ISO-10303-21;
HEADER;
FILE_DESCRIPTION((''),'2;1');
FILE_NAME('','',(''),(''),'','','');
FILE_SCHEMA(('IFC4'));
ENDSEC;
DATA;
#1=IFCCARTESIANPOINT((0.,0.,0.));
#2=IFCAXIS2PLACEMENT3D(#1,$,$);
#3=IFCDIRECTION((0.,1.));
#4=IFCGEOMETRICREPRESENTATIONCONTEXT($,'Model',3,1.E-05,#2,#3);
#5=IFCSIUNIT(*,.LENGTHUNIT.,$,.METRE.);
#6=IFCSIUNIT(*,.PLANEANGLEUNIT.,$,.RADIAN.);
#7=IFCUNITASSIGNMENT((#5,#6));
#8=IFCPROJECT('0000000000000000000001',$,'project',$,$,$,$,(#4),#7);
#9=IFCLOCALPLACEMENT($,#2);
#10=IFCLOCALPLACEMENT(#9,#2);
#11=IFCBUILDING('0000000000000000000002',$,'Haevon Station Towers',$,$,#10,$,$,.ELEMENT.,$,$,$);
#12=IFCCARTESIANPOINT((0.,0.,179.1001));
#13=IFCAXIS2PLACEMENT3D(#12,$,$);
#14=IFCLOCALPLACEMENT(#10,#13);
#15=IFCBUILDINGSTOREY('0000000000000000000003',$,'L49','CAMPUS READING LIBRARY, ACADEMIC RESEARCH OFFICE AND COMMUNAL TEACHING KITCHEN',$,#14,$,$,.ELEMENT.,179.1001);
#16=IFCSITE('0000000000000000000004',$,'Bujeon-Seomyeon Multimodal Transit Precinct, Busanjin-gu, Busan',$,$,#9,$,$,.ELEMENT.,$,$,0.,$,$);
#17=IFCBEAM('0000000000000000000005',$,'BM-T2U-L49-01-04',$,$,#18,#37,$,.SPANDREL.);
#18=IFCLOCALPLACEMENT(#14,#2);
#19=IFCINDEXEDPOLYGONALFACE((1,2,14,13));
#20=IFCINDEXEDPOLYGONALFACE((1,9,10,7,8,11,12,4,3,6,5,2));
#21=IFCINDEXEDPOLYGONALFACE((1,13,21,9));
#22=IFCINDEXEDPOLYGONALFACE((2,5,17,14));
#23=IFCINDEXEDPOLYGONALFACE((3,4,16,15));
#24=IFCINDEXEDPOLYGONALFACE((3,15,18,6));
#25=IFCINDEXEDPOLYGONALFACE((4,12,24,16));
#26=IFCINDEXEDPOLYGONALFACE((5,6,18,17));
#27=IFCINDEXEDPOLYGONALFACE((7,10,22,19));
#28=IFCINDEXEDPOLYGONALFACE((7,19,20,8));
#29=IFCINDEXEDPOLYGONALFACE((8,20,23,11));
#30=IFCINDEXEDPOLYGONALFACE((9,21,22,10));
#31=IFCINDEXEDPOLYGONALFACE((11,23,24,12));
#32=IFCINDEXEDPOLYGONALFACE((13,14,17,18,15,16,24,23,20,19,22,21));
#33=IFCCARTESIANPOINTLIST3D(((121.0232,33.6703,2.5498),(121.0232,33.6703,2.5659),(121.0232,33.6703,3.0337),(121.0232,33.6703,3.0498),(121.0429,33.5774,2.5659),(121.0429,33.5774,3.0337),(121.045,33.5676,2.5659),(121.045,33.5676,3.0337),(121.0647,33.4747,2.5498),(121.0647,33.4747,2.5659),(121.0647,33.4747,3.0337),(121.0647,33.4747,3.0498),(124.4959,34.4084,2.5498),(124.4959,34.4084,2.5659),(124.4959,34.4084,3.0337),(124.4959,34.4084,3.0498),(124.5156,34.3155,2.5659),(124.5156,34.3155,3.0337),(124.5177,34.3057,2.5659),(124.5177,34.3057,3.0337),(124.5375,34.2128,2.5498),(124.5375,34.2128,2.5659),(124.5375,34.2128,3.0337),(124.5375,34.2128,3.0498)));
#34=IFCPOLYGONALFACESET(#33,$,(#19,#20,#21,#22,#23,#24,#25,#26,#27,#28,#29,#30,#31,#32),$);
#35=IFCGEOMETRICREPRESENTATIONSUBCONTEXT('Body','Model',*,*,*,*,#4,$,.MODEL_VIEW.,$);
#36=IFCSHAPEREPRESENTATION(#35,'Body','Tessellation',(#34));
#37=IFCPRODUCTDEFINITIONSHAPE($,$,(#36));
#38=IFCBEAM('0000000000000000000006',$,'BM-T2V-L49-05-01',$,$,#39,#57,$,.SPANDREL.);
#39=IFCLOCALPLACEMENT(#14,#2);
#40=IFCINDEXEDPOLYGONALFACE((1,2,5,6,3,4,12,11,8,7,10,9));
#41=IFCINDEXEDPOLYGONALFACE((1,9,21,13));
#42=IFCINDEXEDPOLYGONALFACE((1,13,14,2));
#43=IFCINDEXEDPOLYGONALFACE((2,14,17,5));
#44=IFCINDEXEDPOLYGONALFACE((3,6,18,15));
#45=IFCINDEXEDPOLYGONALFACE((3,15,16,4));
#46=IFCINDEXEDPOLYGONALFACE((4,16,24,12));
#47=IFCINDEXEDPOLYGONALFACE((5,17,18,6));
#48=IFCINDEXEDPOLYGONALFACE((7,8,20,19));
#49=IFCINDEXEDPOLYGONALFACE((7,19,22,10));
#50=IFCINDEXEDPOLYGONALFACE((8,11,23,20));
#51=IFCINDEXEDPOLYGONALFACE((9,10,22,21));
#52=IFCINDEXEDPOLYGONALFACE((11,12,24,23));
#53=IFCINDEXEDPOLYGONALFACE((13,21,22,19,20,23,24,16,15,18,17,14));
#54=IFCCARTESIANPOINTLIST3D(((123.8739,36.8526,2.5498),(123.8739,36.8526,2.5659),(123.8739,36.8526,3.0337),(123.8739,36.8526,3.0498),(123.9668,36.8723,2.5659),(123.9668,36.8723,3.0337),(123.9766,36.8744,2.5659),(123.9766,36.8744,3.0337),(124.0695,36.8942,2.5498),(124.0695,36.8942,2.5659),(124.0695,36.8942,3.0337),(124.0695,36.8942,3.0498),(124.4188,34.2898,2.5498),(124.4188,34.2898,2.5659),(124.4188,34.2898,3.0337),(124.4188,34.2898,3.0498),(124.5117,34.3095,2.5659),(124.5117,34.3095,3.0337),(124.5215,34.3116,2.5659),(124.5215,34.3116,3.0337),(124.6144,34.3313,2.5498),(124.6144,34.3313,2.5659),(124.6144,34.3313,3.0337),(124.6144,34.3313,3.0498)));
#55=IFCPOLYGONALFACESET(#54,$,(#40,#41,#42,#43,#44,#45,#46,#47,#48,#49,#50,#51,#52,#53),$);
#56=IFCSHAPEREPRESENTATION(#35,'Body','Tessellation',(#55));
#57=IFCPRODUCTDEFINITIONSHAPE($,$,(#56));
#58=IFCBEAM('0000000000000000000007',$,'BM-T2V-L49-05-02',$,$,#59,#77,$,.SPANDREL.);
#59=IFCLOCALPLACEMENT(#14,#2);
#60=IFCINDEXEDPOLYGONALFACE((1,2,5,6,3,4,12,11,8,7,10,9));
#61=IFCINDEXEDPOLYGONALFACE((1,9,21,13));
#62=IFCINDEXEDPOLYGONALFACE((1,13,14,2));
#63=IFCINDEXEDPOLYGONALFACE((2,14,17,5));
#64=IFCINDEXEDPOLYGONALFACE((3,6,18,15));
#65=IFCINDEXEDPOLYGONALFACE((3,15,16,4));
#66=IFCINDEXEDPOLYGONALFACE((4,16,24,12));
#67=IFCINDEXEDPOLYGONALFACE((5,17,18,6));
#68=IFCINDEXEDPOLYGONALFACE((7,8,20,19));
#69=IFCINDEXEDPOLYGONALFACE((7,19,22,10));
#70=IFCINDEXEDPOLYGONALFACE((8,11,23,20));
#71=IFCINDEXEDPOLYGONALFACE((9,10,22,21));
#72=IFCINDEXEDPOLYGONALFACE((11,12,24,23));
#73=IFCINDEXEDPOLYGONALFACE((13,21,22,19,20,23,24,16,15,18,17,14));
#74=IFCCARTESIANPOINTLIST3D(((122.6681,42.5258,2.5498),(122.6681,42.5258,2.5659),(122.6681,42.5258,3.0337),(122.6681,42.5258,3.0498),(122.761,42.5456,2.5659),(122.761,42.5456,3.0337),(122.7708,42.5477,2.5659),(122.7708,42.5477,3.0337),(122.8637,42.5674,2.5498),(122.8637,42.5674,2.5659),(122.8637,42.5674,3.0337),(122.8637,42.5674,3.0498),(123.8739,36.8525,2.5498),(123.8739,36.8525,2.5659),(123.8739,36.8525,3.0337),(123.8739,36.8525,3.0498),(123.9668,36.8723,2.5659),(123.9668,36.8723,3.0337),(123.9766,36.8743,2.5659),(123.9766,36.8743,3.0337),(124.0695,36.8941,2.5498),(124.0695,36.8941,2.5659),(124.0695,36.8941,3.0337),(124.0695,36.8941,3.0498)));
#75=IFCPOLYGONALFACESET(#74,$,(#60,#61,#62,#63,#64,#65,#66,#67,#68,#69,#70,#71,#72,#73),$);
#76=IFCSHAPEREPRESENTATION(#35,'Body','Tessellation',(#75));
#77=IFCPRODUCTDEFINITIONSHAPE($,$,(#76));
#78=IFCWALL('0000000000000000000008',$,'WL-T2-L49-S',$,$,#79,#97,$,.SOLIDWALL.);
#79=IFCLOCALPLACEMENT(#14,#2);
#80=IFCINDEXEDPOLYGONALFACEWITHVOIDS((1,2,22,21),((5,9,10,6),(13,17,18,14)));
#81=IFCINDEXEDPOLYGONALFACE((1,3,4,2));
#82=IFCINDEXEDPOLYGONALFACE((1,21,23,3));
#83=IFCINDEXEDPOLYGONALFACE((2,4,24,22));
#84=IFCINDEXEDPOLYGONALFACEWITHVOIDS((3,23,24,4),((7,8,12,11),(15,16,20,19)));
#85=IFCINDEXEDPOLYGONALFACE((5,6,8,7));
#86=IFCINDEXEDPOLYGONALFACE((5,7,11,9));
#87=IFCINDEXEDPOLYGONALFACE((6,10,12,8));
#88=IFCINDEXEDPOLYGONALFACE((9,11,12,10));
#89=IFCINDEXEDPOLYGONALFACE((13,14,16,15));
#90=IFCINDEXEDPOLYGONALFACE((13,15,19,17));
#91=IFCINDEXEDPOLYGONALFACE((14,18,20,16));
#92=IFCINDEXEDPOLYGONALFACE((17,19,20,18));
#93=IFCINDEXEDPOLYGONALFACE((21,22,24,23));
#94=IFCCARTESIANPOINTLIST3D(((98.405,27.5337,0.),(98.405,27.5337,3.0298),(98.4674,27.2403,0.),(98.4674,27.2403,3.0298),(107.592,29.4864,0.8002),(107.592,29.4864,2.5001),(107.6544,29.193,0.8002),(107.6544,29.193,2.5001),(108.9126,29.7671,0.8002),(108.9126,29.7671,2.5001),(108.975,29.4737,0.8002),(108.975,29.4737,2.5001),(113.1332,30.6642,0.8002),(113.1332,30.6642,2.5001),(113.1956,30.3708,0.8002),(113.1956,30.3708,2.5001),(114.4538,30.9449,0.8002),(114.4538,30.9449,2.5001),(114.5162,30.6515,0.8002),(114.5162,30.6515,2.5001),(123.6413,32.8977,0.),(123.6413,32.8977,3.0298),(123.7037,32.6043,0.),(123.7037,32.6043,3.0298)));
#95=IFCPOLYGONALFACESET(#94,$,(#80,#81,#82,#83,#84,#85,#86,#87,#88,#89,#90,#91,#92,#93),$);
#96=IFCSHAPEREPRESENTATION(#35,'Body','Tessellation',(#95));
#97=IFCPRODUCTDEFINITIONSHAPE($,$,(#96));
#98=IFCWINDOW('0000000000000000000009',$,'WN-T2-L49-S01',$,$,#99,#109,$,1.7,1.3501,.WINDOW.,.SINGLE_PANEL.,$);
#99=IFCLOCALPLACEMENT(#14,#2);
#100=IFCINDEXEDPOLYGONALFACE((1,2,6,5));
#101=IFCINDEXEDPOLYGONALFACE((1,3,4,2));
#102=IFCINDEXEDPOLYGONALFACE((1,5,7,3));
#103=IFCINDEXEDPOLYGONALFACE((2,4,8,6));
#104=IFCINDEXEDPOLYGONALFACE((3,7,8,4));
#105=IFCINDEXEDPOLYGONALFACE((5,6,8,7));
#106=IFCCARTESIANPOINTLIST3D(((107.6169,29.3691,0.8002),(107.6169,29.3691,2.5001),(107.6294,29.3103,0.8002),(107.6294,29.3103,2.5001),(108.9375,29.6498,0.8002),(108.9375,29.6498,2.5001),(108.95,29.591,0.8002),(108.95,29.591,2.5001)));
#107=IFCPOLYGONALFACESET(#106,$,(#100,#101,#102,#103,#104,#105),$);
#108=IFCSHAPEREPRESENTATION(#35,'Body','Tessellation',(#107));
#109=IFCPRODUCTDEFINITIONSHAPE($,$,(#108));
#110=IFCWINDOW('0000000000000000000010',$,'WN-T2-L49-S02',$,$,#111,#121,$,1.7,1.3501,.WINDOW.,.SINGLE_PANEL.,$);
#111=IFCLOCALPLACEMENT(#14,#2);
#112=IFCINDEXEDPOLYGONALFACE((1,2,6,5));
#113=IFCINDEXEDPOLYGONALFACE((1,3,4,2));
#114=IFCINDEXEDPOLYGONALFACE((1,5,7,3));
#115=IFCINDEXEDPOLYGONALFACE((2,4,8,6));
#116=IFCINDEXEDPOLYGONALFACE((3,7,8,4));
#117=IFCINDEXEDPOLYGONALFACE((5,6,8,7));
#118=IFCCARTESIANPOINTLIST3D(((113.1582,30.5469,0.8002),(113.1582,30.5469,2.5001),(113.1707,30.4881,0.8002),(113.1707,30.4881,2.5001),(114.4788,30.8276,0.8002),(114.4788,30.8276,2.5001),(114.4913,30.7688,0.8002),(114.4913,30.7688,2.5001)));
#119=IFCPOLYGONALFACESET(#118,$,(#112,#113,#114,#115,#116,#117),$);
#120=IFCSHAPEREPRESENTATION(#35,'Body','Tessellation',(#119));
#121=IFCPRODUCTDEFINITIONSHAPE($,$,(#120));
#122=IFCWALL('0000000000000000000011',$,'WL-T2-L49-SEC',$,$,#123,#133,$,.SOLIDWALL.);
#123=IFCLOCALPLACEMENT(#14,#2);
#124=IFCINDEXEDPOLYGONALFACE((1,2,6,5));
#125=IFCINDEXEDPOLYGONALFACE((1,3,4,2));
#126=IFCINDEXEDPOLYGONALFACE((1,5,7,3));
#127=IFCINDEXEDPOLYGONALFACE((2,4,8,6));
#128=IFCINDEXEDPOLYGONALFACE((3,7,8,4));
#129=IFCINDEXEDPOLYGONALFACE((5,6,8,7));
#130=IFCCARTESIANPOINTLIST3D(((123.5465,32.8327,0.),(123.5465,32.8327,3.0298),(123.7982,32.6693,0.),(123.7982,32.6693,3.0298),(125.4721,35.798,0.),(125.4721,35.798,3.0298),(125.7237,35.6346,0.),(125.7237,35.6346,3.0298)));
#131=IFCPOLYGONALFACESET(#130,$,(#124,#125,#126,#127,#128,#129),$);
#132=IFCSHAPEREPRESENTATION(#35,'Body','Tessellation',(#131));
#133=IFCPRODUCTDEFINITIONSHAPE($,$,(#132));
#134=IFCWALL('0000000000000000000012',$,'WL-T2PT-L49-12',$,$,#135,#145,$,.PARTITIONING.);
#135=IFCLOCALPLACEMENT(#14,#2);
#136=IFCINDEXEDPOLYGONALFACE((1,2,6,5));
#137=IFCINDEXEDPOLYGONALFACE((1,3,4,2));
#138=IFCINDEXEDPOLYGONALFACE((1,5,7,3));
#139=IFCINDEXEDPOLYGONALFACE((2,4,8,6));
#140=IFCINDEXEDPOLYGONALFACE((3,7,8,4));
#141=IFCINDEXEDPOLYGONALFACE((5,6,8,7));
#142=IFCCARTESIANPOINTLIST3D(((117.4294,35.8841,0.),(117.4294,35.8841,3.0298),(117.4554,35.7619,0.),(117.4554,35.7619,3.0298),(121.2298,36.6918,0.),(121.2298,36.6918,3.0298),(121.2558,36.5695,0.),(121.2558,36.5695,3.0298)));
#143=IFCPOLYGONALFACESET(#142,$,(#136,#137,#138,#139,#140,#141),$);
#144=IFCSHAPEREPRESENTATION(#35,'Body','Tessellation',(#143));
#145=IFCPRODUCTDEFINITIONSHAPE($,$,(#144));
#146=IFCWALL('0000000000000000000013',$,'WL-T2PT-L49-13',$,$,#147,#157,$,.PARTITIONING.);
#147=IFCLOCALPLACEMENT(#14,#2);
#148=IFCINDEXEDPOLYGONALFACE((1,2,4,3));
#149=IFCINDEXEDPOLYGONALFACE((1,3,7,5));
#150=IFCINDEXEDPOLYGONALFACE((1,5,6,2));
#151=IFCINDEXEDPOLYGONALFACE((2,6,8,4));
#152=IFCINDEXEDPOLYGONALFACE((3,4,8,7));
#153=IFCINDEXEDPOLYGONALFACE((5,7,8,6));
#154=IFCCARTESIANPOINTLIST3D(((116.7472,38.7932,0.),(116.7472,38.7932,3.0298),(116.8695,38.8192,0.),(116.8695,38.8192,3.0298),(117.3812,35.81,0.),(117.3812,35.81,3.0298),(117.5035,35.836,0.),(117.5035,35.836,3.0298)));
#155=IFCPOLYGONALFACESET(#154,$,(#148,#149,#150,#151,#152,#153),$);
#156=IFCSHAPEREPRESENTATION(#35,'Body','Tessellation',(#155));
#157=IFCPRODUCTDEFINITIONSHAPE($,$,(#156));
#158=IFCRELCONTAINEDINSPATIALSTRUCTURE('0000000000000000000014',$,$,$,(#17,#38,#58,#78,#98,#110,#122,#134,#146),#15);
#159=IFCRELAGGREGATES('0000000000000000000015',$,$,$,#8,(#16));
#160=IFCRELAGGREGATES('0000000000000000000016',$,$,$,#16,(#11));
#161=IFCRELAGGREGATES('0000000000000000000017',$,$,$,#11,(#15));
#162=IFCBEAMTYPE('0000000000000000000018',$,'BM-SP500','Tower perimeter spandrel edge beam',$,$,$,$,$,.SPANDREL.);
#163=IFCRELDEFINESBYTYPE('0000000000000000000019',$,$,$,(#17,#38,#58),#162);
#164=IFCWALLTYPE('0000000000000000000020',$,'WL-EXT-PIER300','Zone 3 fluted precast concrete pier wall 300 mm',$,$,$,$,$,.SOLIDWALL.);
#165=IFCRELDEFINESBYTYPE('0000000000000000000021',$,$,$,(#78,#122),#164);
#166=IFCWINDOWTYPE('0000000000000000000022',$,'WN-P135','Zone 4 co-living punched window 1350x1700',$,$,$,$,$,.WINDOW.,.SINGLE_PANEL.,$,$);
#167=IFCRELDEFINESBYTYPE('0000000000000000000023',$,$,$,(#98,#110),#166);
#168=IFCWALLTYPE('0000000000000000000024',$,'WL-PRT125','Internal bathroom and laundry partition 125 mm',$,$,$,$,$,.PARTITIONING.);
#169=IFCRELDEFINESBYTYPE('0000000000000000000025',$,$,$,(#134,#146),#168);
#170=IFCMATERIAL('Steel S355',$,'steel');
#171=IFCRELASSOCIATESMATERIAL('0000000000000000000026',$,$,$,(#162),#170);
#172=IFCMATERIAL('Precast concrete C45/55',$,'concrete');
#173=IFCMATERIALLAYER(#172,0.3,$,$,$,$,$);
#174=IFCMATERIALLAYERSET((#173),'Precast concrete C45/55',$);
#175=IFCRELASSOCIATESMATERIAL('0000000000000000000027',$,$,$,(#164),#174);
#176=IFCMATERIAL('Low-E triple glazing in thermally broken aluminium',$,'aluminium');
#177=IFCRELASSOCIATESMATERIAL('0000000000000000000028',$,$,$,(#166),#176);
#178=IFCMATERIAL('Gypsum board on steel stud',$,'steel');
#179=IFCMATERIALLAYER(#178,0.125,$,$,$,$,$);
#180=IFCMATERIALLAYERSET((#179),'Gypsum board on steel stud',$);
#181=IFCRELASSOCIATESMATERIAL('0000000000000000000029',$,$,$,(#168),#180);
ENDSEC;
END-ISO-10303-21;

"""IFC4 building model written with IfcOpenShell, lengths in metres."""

from ifc_helpers import new_model, si_unit, direction, frame, frame_2d, origin, origin_2d, place, context, subcontext, project, spatial, rectangle, i_section, extrude, material, layer, layer_set, material_profile, profile_set, type_object, element, fill, save


model = new_model("IFC4")

# Units and contexts
model_context = context("Model", 3, precision=1e-05, world=origin(), true_north=direction((0.0, 1.0)))
body_context = subcontext(model_context, "Body", "Model", "MODEL_VIEW")
ifc_project = project(units=[si_unit("LENGTHUNIT", "METRE"), si_unit("PLANEANGLEUNIT", "RADIAN")], contexts=[model_context])

# Site, building, storey
site_placement = place(None, origin())
site = spatial("IfcSite", under=ifc_project, at=site_placement, Name="Bujeon-Seomyeon Multimodal Transit Precinct, Busanjin-gu, Busan", CompositionType="ELEMENT", RefElevation=0.0)
building_placement = place(site_placement, origin())
building = spatial("IfcBuilding", under=site, at=building_placement, Name="Haevon Station Towers", CompositionType="ELEMENT")
storey_placement = place(building_placement, frame((0.0, 0.0, 179.1001)))
storey = spatial("IfcBuildingStorey", under=building, at=storey_placement, Name="L49", Description="CAMPUS READING LIBRARY, ACADEMIC RESEARCH OFFICE AND COMMUNAL TEACHING KITCHEN", CompositionType="ELEMENT", Elevation=179.1001)

# Shared definitions
ifc_material_1 = material(Name="Steel S355", Category="steel")

# Beams
ifc_material_profile_1 = material_profile(ifc_material_1, i_section(OverallWidth=0.2, OverallDepth=0.5, WebThickness=0.01, FlangeThickness=0.0161, at=origin_2d()), Name="H-500x200x10x16")
ifc_profile_set_1 = profile_set([ifc_material_profile_1], Name="Steel S355")
beam_type_1 = type_object("IfcBeamType", Name="BM-SP500", Description="Tower perimeter spandrel edge beam", PredefinedType="SPANDREL", material=ifc_profile_set_1)
beam_1_placement = place(storey_placement, frame((121.0439, 33.5725, 2.7998), z_axis=(0.978153, 0.207885, 0.0), x_axis=(-0.207885, 0.978153, 0.0)))
element("IfcBeam", 1, at=beam_1_placement, inside=storey, type_object=beam_type_1, Name="BM-T2U-L49-01-04", PredefinedType="SPANDREL", context=body_context, shape_type="SweptSolid", body=[
    extrude(i_section(OverallWidth=0.2, OverallDepth=0.5, WebThickness=0.01, FlangeThickness=0.0161, at=origin_2d()), origin(), (0.0, 0.0, 1.0), 3.5503),
])
beam_2_placement = place(storey_placement, frame((124.5166, 34.3105, 2.7998), z_axis=(-0.207982, 0.978133, 0.0), x_axis=(-0.978133, -0.207982, 0.0)))
element("IfcBeam", 2, at=beam_2_placement, inside=storey, type_object=beam_type_1, Name="BM-T2V-L49-05-01", PredefinedType="SPANDREL", context=body_context, shape_type="SweptSolid", body=[
    extrude(i_section(OverallWidth=0.2, OverallDepth=0.5, WebThickness=0.01, FlangeThickness=0.0161, at=origin_2d()), origin(), (0.0, 0.0, 1.0), 2.6201),
])
beam_3_placement = place(storey_placement, frame((123.9717, 36.8733, 2.7998), z_axis=(-0.207896, 0.978151, 0.0), x_axis=(-0.978151, -0.207896, 0.0)))
element("IfcBeam", 3, at=beam_3_placement, inside=storey, type_object=beam_type_1, Name="BM-T2V-L49-05-02", PredefinedType="SPANDREL", context=body_context, shape_type="SweptSolid", body=[
    extrude(i_section(OverallWidth=0.2, OverallDepth=0.5, WebThickness=0.01, FlangeThickness=0.0161, at=origin_2d()), origin(), (0.0, 0.0, 1.0), 5.8),
])

# Wall, openings, windows
ifc_material_2 = material(Name="Precast concrete C45/55", Category="concrete")
ifc_layer_1 = layer(ifc_material_2, 0.3)
ifc_layer_set_1 = layer_set([ifc_layer_1], Name="Precast concrete C45/55")
wall_type_1 = type_object("IfcWallType", Name="WL-EXT-PIER300", Description="Zone 3 fluted precast concrete pier wall 300 mm", PredefinedType="SOLIDWALL", material=ifc_layer_set_1)
wall_1_placement = place(storey_placement, frame((123.6724, 32.751, 0.0), z_axis=(0.0, 0.0, 1.0), x_axis=(-0.978149, -0.207907, 0.0)))
wall_1 = element("IfcWall", 4, at=wall_1_placement, inside=storey, type_object=wall_type_1, Name="WL-T2-L49-S", PredefinedType="SOLIDWALL", context=body_context, shape_type="SweptSolid", body=[
    extrude(rectangle(XDim=25.8, YDim=0.3, at=frame_2d((12.8999, 0.0))), origin(), (0.0, 0.0, 1.0), 3.0298),
])
opening_1_placement = place(wall_1_placement, frame((15.0576, 0.0, 0.8)))
opening_1 = element("IfcOpeningElement", 5, at=opening_1_placement, cuts=wall_1, PredefinedType="OPENING", context=body_context, shape_type="SweptSolid", body=[
    extrude(rectangle(XDim=1.3501, YDim=1.7, at=frame_2d((0.675, 0.8501))), frame((0.0, 0.1599, 0.0), z_axis=(0.0, -1.0, 0.0), x_axis=(1.0, 0.0, 0.0)), (0.0, 0.0, 1.0), 0.3201),
])
opening_2_placement = place(wall_1_placement, frame((9.3926, 0.0, 0.8)))
opening_2 = element("IfcOpeningElement", 6, at=opening_2_placement, cuts=wall_1, PredefinedType="OPENING", context=body_context, shape_type="SweptSolid", body=[
    extrude(rectangle(XDim=1.3501, YDim=1.7, at=frame_2d((0.675, 0.8501))), frame((0.0, 0.1599, 0.0), z_axis=(0.0, -1.0, 0.0), x_axis=(1.0, 0.0, 0.0)), (0.0, 0.0, 1.0), 0.3201),
])
ifc_material_3 = material(Name="Low-E triple glazing in thermally broken aluminium", Category="aluminium")
window_type = type_object("IfcWindowType", Name="WN-P135", Description="Zone 4 co-living punched window 1350x1700", PartitioningType="SINGLE_PANEL", PredefinedType="WINDOW", material=ifc_material_3)
window_1_placement = place(opening_1_placement, origin())
window_1 = element("IfcWindow", 7, at=window_1_placement, inside=storey, type_object=window_type, Name="WN-T2-L49-S01", OverallHeight=1.7, OverallWidth=1.3501, PartitioningType="SINGLE_PANEL", PredefinedType="WINDOW", context=body_context, shape_type="SweptSolid", body=[
    extrude(rectangle(XDim=1.3501, YDim=1.7, at=frame_2d((0.675, 0.8501))), frame((0.0, 0.03, 0.0), z_axis=(0.0, -1.0, 0.0), x_axis=(1.0, 0.0, 0.0)), (0.0, 0.0, 1.0), 0.0601),
])
fill(opening_1, window_1)
window_2_placement = place(opening_2_placement, origin())
window_2 = element("IfcWindow", 8, at=window_2_placement, inside=storey, type_object=window_type, Name="WN-T2-L49-S02", OverallHeight=1.7, OverallWidth=1.3501, PartitioningType="SINGLE_PANEL", PredefinedType="WINDOW", context=body_context, shape_type="SweptSolid", body=[
    extrude(rectangle(XDim=1.3501, YDim=1.7, at=frame_2d((0.675, 0.8501))), frame((0.0, 0.03, 0.0), z_axis=(0.0, -1.0, 0.0), x_axis=(1.0, 0.0, 0.0)), (0.0, 0.0, 1.0), 0.0601),
])
fill(opening_2, window_2)

# Walls
wall_2_placement = place(storey_placement, frame((125.5979, 35.7163, 0.0), z_axis=(0.0, 0.0, 1.0), x_axis=(-0.544605, -0.838693, 0.0)))
element("IfcWall", 9, at=wall_2_placement, inside=storey, type_object=wall_type_1, Name="WL-T2-L49-SEC", PredefinedType="SOLIDWALL", context=body_context, shape_type="SweptSolid", body=[
    extrude(rectangle(XDim=3.5356, YDim=0.3, at=frame_2d((1.7678, 0.0))), origin(), (0.0, 0.0, 1.0), 3.0298),
])
ifc_material_4 = material(Name="Gypsum board on steel stud", Category="steel")
ifc_layer_2 = layer(ifc_material_4, 0.125)
ifc_layer_set_2 = layer_set([ifc_layer_2], Name="Gypsum board on steel stud")
wall_type_2 = type_object("IfcWallType", Name="WL-PRT125", Description="Internal bathroom and laundry partition 125 mm", PredefinedType="PARTITIONING", material=ifc_layer_set_2)
wall_3_placement = place(storey_placement, frame((117.4424, 35.823, 0.0), z_axis=(0.0, 0.0, 1.0), x_axis=(0.978156, 0.207872, 0.0)))
element("IfcWall", 10, at=wall_3_placement, inside=storey, type_object=wall_type_2, Name="WL-T2PT-L49-12", PredefinedType="PARTITIONING", context=body_context, shape_type="SweptSolid", body=[
    extrude(rectangle(XDim=3.8853, YDim=0.125, at=frame_2d((1.9426, 0.0))), origin(), (0.0, 0.0, 1.0), 3.0298),
])
wall_4_placement = place(storey_placement, frame((117.4424, 35.823, 0.0), z_axis=(0.0, 0.0, 1.0), x_axis=(-0.207894, 0.978151, 0.0)))
element("IfcWall", 11, at=wall_4_placement, inside=storey, type_object=wall_type_2, Name="WL-T2PT-L49-13", PredefinedType="PARTITIONING", context=body_context, shape_type="SweptSolid", body=[
    extrude(rectangle(XDim=3.0498, YDim=0.125, at=frame_2d((1.5249, 0.0))), origin(), (0.0, 0.0, 1.0), 3.0298),
])

save(model, "model.ifc")
